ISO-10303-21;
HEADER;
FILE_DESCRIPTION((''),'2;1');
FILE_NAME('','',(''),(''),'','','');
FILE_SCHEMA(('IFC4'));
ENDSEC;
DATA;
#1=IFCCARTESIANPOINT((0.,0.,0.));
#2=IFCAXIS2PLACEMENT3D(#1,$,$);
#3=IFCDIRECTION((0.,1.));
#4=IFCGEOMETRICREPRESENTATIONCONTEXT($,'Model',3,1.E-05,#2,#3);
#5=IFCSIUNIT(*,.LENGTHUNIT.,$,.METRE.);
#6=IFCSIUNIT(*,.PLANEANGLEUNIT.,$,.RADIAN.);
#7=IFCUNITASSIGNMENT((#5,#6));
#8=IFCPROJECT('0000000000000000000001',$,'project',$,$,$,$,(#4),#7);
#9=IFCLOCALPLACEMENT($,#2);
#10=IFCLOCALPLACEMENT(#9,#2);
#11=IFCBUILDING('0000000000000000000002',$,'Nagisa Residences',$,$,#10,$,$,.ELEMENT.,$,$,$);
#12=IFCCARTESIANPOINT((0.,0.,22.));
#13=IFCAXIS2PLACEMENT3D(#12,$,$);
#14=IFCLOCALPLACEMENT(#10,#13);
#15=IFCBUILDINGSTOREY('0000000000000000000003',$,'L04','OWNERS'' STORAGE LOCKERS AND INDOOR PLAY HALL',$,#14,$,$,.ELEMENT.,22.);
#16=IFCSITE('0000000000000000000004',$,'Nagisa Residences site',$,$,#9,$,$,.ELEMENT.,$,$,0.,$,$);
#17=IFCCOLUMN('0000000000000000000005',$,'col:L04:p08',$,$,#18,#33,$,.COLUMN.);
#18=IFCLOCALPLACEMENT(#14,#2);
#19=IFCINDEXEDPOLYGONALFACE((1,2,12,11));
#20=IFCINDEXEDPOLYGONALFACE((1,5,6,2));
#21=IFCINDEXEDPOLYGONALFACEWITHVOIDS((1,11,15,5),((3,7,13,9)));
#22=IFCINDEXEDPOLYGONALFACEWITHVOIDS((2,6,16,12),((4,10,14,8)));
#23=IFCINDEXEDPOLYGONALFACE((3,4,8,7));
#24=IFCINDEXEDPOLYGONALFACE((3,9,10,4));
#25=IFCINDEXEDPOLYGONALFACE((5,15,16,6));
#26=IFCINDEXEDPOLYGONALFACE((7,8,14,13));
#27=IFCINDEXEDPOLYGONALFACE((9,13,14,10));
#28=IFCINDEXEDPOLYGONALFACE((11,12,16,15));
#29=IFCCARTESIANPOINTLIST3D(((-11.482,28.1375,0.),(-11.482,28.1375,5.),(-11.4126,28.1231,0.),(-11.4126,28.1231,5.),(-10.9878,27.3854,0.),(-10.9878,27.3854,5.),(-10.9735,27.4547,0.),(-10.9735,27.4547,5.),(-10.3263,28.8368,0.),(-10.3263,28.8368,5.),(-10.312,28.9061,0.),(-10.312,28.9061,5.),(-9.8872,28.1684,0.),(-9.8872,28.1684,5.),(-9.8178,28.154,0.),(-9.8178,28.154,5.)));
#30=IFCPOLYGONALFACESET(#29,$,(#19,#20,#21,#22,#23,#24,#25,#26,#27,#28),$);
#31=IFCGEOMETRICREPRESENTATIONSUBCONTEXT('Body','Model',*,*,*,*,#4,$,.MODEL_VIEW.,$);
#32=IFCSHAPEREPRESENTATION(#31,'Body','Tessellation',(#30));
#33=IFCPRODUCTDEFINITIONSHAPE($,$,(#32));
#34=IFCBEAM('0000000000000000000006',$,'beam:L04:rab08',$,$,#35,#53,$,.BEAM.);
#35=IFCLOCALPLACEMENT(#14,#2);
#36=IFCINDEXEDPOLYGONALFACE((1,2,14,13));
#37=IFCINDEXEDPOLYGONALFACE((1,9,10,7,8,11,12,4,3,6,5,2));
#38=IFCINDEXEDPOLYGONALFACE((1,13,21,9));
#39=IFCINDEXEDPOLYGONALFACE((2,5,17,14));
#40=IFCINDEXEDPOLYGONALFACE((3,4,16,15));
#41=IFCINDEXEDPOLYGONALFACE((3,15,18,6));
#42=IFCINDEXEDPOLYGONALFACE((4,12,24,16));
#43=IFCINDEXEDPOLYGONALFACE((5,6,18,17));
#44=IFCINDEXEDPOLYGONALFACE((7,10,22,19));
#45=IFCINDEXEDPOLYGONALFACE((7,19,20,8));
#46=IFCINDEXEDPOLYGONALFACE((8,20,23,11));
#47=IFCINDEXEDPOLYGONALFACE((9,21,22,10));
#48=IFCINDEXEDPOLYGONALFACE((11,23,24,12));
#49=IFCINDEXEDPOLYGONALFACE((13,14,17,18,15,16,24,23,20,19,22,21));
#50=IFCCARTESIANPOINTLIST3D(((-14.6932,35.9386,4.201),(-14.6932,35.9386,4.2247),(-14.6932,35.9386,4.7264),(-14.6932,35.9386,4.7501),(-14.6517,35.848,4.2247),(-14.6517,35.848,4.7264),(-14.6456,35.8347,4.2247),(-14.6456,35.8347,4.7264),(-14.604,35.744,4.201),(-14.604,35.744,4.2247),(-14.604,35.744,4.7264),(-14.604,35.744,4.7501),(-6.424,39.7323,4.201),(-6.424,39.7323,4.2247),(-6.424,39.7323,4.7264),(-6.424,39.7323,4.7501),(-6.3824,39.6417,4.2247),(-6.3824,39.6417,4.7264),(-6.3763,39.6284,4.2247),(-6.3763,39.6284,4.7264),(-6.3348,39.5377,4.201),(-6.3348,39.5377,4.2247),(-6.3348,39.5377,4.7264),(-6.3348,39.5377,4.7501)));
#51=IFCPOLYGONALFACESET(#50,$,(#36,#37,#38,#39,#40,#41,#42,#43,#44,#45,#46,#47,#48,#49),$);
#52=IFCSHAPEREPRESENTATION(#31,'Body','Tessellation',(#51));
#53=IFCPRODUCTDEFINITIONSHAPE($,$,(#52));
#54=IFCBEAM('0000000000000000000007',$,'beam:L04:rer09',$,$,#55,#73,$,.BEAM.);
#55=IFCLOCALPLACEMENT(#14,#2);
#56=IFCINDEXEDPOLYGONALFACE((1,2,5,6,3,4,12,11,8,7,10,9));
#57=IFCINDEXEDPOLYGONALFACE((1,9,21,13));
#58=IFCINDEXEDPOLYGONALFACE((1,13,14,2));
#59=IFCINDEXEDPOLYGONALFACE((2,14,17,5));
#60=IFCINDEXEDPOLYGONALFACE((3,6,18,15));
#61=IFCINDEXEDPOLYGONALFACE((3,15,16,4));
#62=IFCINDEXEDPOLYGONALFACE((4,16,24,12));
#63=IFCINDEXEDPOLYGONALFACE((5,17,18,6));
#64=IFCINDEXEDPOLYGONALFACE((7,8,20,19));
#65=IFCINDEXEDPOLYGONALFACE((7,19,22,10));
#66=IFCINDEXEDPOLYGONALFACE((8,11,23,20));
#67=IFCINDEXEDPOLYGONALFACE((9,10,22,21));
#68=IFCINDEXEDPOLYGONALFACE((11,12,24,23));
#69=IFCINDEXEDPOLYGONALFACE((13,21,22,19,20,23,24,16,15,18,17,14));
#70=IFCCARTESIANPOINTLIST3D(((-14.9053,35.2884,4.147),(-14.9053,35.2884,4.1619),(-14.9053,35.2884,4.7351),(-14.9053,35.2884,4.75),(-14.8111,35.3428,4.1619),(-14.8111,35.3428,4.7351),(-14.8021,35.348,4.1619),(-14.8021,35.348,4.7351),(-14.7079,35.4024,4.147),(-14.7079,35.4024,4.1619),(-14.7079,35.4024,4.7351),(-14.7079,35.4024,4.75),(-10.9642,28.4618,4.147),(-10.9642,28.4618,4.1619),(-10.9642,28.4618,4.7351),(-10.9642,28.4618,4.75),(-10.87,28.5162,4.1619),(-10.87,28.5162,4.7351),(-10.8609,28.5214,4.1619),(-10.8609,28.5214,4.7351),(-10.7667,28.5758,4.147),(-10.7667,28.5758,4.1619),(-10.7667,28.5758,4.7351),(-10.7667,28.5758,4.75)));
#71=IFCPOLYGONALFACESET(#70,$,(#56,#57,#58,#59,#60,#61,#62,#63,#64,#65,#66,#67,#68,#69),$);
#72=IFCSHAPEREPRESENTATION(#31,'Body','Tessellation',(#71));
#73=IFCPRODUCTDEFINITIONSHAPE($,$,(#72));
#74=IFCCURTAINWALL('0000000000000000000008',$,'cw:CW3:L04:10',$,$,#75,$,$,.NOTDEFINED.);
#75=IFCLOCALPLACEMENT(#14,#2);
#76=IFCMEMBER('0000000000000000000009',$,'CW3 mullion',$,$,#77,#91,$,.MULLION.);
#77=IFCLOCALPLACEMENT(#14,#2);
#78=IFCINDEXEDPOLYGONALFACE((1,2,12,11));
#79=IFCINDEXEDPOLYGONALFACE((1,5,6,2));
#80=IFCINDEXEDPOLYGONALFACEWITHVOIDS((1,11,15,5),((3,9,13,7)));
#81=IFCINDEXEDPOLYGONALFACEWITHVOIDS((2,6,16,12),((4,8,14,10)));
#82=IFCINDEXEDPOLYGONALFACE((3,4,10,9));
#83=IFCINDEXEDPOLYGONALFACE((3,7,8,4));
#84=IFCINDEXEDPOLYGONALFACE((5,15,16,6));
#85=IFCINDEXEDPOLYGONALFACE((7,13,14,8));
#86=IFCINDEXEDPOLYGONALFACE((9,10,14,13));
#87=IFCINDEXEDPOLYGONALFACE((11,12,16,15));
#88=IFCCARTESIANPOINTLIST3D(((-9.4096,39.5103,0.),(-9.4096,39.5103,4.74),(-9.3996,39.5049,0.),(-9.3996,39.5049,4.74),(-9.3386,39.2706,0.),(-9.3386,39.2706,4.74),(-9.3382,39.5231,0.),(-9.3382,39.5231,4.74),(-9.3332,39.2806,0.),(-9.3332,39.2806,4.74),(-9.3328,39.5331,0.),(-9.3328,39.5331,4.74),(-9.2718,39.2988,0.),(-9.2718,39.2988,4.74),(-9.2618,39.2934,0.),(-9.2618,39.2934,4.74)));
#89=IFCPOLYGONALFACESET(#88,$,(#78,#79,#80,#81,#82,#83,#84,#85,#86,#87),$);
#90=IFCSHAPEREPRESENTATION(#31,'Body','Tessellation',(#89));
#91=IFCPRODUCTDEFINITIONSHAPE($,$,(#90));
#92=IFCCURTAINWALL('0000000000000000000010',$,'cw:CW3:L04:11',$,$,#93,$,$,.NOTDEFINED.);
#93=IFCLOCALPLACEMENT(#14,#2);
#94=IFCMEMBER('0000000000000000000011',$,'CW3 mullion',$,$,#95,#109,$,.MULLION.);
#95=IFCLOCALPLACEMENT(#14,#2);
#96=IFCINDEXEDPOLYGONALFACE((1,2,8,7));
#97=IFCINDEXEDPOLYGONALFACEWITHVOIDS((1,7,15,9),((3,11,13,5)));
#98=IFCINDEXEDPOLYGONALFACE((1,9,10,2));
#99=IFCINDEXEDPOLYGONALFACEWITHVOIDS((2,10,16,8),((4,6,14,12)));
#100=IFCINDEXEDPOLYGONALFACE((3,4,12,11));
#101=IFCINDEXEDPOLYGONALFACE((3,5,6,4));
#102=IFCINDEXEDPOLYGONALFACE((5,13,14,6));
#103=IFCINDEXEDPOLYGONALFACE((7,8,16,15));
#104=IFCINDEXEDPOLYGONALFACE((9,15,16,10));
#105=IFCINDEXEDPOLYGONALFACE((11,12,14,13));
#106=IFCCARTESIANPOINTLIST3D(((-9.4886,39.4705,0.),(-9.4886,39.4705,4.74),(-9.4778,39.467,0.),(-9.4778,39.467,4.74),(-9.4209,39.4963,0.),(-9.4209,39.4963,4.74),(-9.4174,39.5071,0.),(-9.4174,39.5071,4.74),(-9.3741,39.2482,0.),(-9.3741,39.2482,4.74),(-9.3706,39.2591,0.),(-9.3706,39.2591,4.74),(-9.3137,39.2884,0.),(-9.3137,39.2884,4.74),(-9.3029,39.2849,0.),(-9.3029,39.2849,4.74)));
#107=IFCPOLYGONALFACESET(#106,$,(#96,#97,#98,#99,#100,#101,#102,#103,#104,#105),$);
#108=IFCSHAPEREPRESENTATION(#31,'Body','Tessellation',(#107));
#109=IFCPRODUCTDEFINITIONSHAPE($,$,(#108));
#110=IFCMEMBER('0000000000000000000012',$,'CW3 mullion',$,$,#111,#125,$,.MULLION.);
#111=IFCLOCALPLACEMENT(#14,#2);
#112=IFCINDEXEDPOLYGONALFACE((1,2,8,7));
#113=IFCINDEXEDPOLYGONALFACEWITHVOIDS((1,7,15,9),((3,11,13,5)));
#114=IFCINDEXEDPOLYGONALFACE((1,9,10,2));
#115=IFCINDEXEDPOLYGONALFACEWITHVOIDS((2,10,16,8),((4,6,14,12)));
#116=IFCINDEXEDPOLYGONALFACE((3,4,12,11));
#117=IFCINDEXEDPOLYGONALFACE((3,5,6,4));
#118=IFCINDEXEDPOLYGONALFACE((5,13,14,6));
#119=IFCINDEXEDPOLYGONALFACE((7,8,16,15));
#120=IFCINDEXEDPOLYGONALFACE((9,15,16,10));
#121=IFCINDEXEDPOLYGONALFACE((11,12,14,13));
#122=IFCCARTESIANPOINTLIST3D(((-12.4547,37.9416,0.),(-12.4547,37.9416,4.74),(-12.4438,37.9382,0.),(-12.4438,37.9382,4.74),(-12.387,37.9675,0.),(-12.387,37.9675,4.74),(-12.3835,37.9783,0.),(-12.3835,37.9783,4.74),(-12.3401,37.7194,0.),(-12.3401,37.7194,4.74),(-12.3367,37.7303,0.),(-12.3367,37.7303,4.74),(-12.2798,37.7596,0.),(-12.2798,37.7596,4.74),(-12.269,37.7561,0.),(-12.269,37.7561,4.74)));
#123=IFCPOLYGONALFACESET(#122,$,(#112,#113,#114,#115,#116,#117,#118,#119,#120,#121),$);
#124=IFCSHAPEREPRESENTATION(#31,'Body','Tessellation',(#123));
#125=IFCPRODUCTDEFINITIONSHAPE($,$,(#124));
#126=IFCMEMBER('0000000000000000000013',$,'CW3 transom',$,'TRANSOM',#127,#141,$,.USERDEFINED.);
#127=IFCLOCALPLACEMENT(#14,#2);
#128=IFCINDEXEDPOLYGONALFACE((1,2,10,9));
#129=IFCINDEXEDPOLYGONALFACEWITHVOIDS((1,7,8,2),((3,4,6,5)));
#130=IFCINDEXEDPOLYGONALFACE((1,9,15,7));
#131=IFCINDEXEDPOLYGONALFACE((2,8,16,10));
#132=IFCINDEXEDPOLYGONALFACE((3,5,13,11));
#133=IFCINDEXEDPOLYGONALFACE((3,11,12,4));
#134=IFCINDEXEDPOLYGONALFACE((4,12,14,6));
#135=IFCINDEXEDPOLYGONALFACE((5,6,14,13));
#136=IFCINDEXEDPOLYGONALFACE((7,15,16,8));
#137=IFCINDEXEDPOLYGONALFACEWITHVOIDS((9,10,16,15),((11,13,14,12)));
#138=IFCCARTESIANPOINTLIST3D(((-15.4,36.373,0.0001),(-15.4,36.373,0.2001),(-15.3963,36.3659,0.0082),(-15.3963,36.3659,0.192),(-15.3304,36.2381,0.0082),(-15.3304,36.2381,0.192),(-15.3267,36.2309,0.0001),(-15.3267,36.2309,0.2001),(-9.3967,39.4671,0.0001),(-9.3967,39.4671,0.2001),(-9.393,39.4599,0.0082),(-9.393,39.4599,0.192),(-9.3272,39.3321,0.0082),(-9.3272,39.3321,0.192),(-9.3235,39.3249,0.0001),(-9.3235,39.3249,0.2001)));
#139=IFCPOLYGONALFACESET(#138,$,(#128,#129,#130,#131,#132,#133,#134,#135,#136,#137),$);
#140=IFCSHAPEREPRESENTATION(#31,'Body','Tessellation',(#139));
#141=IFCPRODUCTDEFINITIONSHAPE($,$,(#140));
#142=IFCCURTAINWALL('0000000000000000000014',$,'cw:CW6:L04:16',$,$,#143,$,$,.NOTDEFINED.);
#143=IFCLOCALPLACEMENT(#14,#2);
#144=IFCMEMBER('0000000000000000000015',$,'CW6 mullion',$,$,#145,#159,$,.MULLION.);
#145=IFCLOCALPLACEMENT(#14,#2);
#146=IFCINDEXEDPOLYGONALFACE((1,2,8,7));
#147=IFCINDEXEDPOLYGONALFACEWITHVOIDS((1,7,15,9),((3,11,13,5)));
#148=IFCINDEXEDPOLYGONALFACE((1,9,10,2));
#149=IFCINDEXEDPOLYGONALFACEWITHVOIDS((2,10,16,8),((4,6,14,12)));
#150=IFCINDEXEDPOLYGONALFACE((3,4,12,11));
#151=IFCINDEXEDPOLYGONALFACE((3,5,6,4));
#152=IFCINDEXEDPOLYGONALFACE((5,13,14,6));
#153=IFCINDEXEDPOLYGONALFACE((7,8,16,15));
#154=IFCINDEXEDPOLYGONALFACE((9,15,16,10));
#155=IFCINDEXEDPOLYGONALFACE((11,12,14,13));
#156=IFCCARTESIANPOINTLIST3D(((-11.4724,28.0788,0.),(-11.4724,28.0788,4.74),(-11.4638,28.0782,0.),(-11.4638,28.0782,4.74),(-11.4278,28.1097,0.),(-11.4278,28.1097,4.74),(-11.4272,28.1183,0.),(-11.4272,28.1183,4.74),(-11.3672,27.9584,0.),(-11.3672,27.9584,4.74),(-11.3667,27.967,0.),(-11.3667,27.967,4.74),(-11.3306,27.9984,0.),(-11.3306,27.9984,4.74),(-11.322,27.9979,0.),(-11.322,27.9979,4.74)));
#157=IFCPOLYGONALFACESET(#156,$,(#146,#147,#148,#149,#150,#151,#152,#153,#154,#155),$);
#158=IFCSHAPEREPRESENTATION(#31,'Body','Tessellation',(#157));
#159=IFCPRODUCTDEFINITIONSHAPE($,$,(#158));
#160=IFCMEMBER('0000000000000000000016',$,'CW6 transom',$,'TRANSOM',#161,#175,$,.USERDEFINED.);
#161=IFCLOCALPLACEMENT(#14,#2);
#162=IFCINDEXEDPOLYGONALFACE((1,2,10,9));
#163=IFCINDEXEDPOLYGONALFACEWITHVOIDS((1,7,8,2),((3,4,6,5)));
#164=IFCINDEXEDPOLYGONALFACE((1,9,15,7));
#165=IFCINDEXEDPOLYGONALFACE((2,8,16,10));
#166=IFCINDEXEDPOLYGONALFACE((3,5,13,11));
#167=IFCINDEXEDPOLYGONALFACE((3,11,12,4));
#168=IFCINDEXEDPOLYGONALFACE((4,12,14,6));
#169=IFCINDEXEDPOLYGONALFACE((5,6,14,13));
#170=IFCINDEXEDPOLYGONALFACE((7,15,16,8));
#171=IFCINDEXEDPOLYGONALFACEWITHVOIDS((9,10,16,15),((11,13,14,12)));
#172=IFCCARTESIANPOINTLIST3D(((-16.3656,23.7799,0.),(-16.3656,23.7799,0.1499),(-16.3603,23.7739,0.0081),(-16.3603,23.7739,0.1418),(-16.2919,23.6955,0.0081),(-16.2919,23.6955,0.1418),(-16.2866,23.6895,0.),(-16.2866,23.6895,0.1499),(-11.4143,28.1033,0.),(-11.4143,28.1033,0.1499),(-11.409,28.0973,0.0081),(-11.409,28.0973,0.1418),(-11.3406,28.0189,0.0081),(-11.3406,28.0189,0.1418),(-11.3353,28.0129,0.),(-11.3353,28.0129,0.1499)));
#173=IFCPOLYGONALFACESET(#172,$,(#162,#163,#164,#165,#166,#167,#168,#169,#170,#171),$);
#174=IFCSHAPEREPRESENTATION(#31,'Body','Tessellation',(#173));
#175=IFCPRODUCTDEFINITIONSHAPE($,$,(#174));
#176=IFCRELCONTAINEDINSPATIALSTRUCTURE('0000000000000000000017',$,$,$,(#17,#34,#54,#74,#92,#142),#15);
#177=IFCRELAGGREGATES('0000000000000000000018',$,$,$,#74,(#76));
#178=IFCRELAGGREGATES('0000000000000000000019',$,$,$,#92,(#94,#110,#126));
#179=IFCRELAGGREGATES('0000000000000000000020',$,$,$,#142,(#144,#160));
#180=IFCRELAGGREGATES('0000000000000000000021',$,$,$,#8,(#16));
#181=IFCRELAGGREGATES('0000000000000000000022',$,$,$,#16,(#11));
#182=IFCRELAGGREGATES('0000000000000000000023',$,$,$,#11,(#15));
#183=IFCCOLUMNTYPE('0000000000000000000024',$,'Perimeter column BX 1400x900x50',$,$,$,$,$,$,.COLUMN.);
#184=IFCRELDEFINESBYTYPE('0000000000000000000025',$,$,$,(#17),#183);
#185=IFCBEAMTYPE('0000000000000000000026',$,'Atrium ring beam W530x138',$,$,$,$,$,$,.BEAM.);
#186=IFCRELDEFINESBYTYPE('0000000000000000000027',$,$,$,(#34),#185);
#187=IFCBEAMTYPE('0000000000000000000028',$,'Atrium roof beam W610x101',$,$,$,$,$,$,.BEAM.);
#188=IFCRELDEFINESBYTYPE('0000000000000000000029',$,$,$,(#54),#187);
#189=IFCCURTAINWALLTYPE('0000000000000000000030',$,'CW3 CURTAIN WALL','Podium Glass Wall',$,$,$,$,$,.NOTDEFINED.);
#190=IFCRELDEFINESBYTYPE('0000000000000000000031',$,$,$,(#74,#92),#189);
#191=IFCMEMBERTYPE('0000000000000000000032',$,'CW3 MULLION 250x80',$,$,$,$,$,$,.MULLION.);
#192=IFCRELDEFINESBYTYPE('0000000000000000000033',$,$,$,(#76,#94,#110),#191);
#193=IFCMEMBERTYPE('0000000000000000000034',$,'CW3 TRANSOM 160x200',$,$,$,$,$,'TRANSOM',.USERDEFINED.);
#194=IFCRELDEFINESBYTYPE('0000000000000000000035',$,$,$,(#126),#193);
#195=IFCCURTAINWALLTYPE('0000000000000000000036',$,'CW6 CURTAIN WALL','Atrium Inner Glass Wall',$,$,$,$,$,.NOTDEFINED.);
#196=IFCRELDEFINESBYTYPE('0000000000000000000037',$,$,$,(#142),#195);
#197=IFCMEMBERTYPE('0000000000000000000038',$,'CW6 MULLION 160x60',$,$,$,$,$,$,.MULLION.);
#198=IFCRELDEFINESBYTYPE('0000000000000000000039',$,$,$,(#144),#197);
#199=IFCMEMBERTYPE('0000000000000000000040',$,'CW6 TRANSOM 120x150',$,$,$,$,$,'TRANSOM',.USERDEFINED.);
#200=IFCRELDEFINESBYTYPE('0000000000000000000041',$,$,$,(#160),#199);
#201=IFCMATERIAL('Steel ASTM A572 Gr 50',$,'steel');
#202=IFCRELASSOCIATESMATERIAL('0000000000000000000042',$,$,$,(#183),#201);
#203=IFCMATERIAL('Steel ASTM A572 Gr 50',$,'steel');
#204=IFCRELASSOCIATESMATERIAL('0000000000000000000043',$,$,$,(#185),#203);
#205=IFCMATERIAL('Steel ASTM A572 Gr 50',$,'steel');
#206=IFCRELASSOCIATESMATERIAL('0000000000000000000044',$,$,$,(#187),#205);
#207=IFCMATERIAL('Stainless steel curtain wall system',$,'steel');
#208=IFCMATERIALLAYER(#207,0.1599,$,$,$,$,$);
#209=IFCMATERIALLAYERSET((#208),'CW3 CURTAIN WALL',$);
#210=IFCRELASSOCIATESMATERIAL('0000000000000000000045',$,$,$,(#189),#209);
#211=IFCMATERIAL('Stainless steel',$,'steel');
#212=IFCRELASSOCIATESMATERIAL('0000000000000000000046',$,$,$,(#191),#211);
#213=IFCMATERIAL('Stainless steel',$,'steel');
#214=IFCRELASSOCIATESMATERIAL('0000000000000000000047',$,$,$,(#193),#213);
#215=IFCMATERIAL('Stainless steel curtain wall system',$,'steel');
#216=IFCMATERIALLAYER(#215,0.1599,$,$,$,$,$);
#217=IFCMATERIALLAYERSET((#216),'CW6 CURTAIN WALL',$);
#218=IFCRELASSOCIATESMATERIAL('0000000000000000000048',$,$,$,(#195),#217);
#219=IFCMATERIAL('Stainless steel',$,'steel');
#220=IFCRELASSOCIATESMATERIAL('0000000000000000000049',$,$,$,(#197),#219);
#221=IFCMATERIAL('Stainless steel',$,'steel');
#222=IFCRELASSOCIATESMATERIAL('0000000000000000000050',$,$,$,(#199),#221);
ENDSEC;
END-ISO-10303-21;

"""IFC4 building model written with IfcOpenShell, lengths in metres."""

from ifc_helpers import new_model, si_unit, direction, frame, origin, origin_2d, place, context, subcontext, project, spatial, hollow_rectangle, i_section, extrude, material, layer, layer_set, material_profile, profile_set, type_object, element, aggregate, save


model = new_model("IFC4")

# Units and contexts
model_context = context("Model", 3, precision=1e-05, world=origin(), true_north=direction((0.0, 1.0)))
body_context = subcontext(model_context, "Body", "Model", "MODEL_VIEW")
ifc_project = project(units=[si_unit("LENGTHUNIT", "METRE"), si_unit("PLANEANGLEUNIT", "RADIAN")], contexts=[model_context])

# Site, building, storey
site_placement = place(None, origin())
site = spatial("IfcSite", under=ifc_project, at=site_placement, Name="Nagisa Residences site", CompositionType="ELEMENT", RefElevation=0.0)
building_placement = place(site_placement, origin())
building = spatial("IfcBuilding", under=site, at=building_placement, Name="Nagisa Residences", CompositionType="ELEMENT")
storey_placement = place(building_placement, frame((0.0, 0.0, 22.0)))
storey = spatial("IfcBuildingStorey", under=building, at=storey_placement, Name="L04", Description="OWNERS' STORAGE LOCKERS AND INDOOR PLAY HALL", CompositionType="ELEMENT", Elevation=22.0)

# Column
ifc_material_1 = material(Name="Steel ASTM A572 Gr 50", Category="steel")
ifc_material_profile_1 = material_profile(ifc_material_1, hollow_rectangle(XDim=1.3999, YDim=0.8999, WallThickness=0.05, at=origin_2d()), Name="BX 1400x900x50")
ifc_profile_set_1 = profile_set([ifc_material_profile_1], Name="Steel ASTM A572 Gr 50")
column_type = type_object("IfcColumnType", Name="Perimeter column BX 1400x900x50", PredefinedType="COLUMN", material=ifc_profile_set_1)
column_placement = place(storey_placement, frame((-10.6499, 28.1458, 0.0), z_axis=(0.0, 0.0, 1.0), x_axis=(-0.835766, -0.549086, 0.0)))
element("IfcColumn", 1, at=column_placement, inside=storey, type_object=column_type, Name="col:L04:p08", PredefinedType="COLUMN", context=body_context, shape_type="SweptSolid", body=[
    extrude(hollow_rectangle(XDim=1.3999, YDim=0.8999, WallThickness=0.05, at=origin_2d()), origin(), (0.0, 0.0, 1.0), 5.0),
])

# Beams
ifc_material_2 = material(Name="Steel ASTM A572 Gr 50", Category="steel")
ifc_material_profile_2 = material_profile(ifc_material_2, i_section(OverallWidth=0.2141, OverallDepth=0.5491, WebThickness=0.0146, FlangeThickness=0.0237, at=origin_2d()), Name="W530x138")
ifc_profile_set_2 = profile_set([ifc_material_profile_2], Name="Steel ASTM A572 Gr 50")
beam_type_1 = type_object("IfcBeamType", Name="Atrium ring beam W530x138", PredefinedType="BEAM", material=ifc_profile_set_2)
beam_1_placement = place(storey_placement, frame((-6.3794, 39.635, 4.4756), z_axis=(-0.908914, -0.416983, 0.0), x_axis=(0.416983, -0.908914, 0.0)))
element("IfcBeam", 2, at=beam_1_placement, inside=storey, type_object=beam_type_1, Name="beam:L04:rab08", PredefinedType="BEAM", context=body_context, shape_type="SweptSolid", body=[
    extrude(i_section(OverallWidth=0.2141, OverallDepth=0.5491, WebThickness=0.0146, FlangeThickness=0.0237, at=origin_2d()), origin(), (0.0, 0.0, 1.0), 9.0979),
])
ifc_material_3 = material(Name="Steel ASTM A572 Gr 50", Category="steel")
ifc_material_profile_3 = material_profile(ifc_material_3, i_section(OverallWidth=0.228, OverallDepth=0.603, WebThickness=0.0105, FlangeThickness=0.0149, at=origin_2d()), Name="W610x101")
ifc_profile_set_3 = profile_set([ifc_material_profile_3], Name="Steel ASTM A572 Gr 50")
beam_type_2 = type_object("IfcBeamType", Name="Atrium roof beam W610x101", PredefinedType="BEAM", material=ifc_profile_set_3)
beam_2_placement = place(storey_placement, frame((-10.8655, 28.5188, 4.4485), z_axis=(-0.49998, 0.866037, 0.0), x_axis=(-0.866037, -0.49998, 0.0)))
element("IfcBeam", 3, at=beam_2_placement, inside=storey, type_object=beam_type_2, Name="beam:L04:rer09", PredefinedType="BEAM", context=body_context, shape_type="SweptSolid", body=[
    extrude(i_section(OverallWidth=0.228, OverallDepth=0.603, WebThickness=0.0105, FlangeThickness=0.0149, at=origin_2d()), origin(), (0.0, 0.0, 1.0), 7.8826),
])

# Curtain wall, member
ifc_material_4 = material(Name="Stainless steel curtain wall system", Category="steel")
ifc_layer_1 = layer(ifc_material_4, 0.1599)
ifc_layer_set_1 = layer_set([ifc_layer_1], Name="CW3 CURTAIN WALL")
curtain_wall_type_1 = type_object("IfcCurtainWallType", Name="CW3 CURTAIN WALL", Description="Podium Glass Wall", PredefinedType="NOTDEFINED", material=ifc_layer_set_1)
curtain_wall_1_placement = place(storey_placement, origin())
curtain_wall_1 = element("IfcCurtainWall", 4, at=curtain_wall_1_placement, inside=storey, type_object=curtain_wall_type_1, Name="cw:CW3:L04:10", PredefinedType="NOTDEFINED")
ifc_material_5 = material(Name="Stainless steel", Category="steel")
ifc_material_profile_4 = material_profile(ifc_material_5, hollow_rectangle(XDim=0.25, YDim=0.0801, WallThickness=0.0081, at=origin_2d()), Name="CW3 MULLION 250x80")
ifc_profile_set_4 = profile_set([ifc_material_profile_4], Name="Stainless steel")
member_type_1 = type_object("IfcMemberType", Name="CW3 MULLION 250x80", PredefinedType="MULLION", material=ifc_profile_set_4)
member_1_placement = place(storey_placement, frame((-9.3357, 39.4019, 0.0), z_axis=(0.0, 0.0, 1.0), x_axis=(0.283963, -0.958835, 0.0)))
member_1 = element("IfcMember", 5, at=member_1_placement, type_object=member_type_1, Name="CW3 mullion", PredefinedType="MULLION", context=body_context, shape_type="SweptSolid", body=[
    extrude(hollow_rectangle(XDim=0.25, YDim=0.0801, WallThickness=0.0081, at=origin_2d()), origin(), (0.0, 0.0, 1.0), 4.74),
])

# Curtain walls, members
curtain_wall_2_placement = place(storey_placement, origin())
curtain_wall_2 = element("IfcCurtainWall", 6, at=curtain_wall_2_placement, inside=storey, type_object=curtain_wall_type_1, Name="cw:CW3:L04:11", PredefinedType="NOTDEFINED")
member_2_placement = place(storey_placement, frame((-9.3958, 39.3777, 0.0), z_axis=(0.0, 0.0, 1.0), x_axis=(0.458126, -0.888887, 0.0)))
member_2 = element("IfcMember", 7, at=member_2_placement, type_object=member_type_1, Name="CW3 mullion", PredefinedType="MULLION", context=body_context, shape_type="SweptSolid", body=[
    extrude(hollow_rectangle(XDim=0.25, YDim=0.0801, WallThickness=0.0081, at=origin_2d()), origin(), (0.0, 0.0, 1.0), 4.74),
])
member_3_placement = place(storey_placement, frame((-12.3618, 37.8489, 0.0), z_axis=(0.0, 0.0, 1.0), x_axis=(0.458126, -0.888887, 0.0)))
member_3 = element("IfcMember", 8, at=member_3_placement, type_object=member_type_1, Name="CW3 mullion", PredefinedType="MULLION", context=body_context, shape_type="SweptSolid", body=[
    extrude(hollow_rectangle(XDim=0.25, YDim=0.0801, WallThickness=0.0081, at=origin_2d()), origin(), (0.0, 0.0, 1.0), 4.74),
])
ifc_material_6 = material(Name="Stainless steel", Category="steel")
ifc_material_profile_5 = material_profile(ifc_material_6, hollow_rectangle(XDim=0.1599, YDim=0.2, WallThickness=0.0081, at=origin_2d()), Name="CW3 TRANSOM 160x200")
ifc_profile_set_5 = profile_set([ifc_material_profile_5], Name="Stainless steel")
member_type_2 = type_object("IfcMemberType", Name="CW3 TRANSOM 160x200", ElementType="TRANSOM", PredefinedType="USERDEFINED", material=ifc_profile_set_5)
member_4_placement = place(storey_placement, frame((-9.3601, 39.396, 0.1001), z_axis=(-0.888887, -0.458126, 0.0), x_axis=(0.458126, -0.888887, 0.0)))
member_4 = element("IfcMember", 9, at=member_4_placement, type_object=member_type_2, Name="CW3 transom", ObjectType="TRANSOM", PredefinedType="USERDEFINED", context=body_context, shape_type="SweptSolid", body=[
    extrude(hollow_rectangle(XDim=0.1599, YDim=0.2, WallThickness=0.0081, at=origin_2d()), origin(), (0.0, 0.0, 1.0), 6.7537),
])
ifc_material_7 = material(Name="Stainless steel curtain wall system", Category="steel")
ifc_layer_2 = layer(ifc_material_7, 0.1599)
ifc_layer_set_2 = layer_set([ifc_layer_2], Name="CW6 CURTAIN WALL")
curtain_wall_type_2 = type_object("IfcCurtainWallType", Name="CW6 CURTAIN WALL", Description="Atrium Inner Glass Wall", PredefinedType="NOTDEFINED", material=ifc_layer_set_2)
curtain_wall_3_placement = place(storey_placement, origin())
curtain_wall_3 = element("IfcCurtainWall", 10, at=curtain_wall_3_placement, inside=storey, type_object=curtain_wall_type_2, Name="cw:CW6:L04:16", PredefinedType="NOTDEFINED")
ifc_material_8 = material(Name="Stainless steel", Category="steel")
ifc_material_profile_6 = material_profile(ifc_material_8, hollow_rectangle(XDim=0.1599, YDim=0.0601, WallThickness=0.0061, at=origin_2d()), Name="CW6 MULLION 160x60")
ifc_profile_set_6 = profile_set([ifc_material_profile_6], Name="Stainless steel")
member_type_3 = type_object("IfcMemberType", Name="CW6 MULLION 160x60", PredefinedType="MULLION", material=ifc_profile_set_6)
member_5_placement = place(storey_placement, frame((-11.3972, 28.0383, 0.0), z_axis=(0.0, 0.0, 1.0), x_axis=(0.657721, -0.753261, 0.0)))
member_5 = element("IfcMember", 11, at=member_5_placement, type_object=member_type_3, Name="CW6 mullion", PredefinedType="MULLION", context=body_context, shape_type="SweptSolid", body=[
    extrude(hollow_rectangle(XDim=0.1599, YDim=0.0601, WallThickness=0.0061, at=origin_2d()), origin(), (0.0, 0.0, 1.0), 4.74),
])
ifc_material_9 = material(Name="Stainless steel", Category="steel")
ifc_material_profile_7 = material_profile(ifc_material_9, hollow_rectangle(XDim=0.1201, YDim=0.1499, WallThickness=0.0081, at=origin_2d()), Name="CW6 TRANSOM 120x150")
ifc_profile_set_7 = profile_set([ifc_material_profile_7], Name="Stainless steel")
member_type_4 = type_object("IfcMemberType", Name="CW6 TRANSOM 120x150", ElementType="TRANSOM", PredefinedType="USERDEFINED", material=ifc_profile_set_7)
member_6_placement = place(storey_placement, frame((-11.3748, 28.0581, 0.075), z_axis=(-0.753255, -0.657729, 0.0), x_axis=(0.657729, -0.753255, 0.0)))
member_6 = element("IfcMember", 12, at=member_6_placement, type_object=member_type_4, Name="CW6 transom", ObjectType="TRANSOM", PredefinedType="USERDEFINED", context=body_context, shape_type="SweptSolid", body=[
    extrude(hollow_rectangle(XDim=0.1201, YDim=0.1499, WallThickness=0.0081, at=origin_2d()), origin(), (0.0, 0.0, 1.0), 6.5732),
])

aggregate(curtain_wall_1, [member_1])
aggregate(curtain_wall_2, [member_2, member_3, member_4])

aggregate(curtain_wall_3, [member_5, member_6])

save(model, "model.ifc")
